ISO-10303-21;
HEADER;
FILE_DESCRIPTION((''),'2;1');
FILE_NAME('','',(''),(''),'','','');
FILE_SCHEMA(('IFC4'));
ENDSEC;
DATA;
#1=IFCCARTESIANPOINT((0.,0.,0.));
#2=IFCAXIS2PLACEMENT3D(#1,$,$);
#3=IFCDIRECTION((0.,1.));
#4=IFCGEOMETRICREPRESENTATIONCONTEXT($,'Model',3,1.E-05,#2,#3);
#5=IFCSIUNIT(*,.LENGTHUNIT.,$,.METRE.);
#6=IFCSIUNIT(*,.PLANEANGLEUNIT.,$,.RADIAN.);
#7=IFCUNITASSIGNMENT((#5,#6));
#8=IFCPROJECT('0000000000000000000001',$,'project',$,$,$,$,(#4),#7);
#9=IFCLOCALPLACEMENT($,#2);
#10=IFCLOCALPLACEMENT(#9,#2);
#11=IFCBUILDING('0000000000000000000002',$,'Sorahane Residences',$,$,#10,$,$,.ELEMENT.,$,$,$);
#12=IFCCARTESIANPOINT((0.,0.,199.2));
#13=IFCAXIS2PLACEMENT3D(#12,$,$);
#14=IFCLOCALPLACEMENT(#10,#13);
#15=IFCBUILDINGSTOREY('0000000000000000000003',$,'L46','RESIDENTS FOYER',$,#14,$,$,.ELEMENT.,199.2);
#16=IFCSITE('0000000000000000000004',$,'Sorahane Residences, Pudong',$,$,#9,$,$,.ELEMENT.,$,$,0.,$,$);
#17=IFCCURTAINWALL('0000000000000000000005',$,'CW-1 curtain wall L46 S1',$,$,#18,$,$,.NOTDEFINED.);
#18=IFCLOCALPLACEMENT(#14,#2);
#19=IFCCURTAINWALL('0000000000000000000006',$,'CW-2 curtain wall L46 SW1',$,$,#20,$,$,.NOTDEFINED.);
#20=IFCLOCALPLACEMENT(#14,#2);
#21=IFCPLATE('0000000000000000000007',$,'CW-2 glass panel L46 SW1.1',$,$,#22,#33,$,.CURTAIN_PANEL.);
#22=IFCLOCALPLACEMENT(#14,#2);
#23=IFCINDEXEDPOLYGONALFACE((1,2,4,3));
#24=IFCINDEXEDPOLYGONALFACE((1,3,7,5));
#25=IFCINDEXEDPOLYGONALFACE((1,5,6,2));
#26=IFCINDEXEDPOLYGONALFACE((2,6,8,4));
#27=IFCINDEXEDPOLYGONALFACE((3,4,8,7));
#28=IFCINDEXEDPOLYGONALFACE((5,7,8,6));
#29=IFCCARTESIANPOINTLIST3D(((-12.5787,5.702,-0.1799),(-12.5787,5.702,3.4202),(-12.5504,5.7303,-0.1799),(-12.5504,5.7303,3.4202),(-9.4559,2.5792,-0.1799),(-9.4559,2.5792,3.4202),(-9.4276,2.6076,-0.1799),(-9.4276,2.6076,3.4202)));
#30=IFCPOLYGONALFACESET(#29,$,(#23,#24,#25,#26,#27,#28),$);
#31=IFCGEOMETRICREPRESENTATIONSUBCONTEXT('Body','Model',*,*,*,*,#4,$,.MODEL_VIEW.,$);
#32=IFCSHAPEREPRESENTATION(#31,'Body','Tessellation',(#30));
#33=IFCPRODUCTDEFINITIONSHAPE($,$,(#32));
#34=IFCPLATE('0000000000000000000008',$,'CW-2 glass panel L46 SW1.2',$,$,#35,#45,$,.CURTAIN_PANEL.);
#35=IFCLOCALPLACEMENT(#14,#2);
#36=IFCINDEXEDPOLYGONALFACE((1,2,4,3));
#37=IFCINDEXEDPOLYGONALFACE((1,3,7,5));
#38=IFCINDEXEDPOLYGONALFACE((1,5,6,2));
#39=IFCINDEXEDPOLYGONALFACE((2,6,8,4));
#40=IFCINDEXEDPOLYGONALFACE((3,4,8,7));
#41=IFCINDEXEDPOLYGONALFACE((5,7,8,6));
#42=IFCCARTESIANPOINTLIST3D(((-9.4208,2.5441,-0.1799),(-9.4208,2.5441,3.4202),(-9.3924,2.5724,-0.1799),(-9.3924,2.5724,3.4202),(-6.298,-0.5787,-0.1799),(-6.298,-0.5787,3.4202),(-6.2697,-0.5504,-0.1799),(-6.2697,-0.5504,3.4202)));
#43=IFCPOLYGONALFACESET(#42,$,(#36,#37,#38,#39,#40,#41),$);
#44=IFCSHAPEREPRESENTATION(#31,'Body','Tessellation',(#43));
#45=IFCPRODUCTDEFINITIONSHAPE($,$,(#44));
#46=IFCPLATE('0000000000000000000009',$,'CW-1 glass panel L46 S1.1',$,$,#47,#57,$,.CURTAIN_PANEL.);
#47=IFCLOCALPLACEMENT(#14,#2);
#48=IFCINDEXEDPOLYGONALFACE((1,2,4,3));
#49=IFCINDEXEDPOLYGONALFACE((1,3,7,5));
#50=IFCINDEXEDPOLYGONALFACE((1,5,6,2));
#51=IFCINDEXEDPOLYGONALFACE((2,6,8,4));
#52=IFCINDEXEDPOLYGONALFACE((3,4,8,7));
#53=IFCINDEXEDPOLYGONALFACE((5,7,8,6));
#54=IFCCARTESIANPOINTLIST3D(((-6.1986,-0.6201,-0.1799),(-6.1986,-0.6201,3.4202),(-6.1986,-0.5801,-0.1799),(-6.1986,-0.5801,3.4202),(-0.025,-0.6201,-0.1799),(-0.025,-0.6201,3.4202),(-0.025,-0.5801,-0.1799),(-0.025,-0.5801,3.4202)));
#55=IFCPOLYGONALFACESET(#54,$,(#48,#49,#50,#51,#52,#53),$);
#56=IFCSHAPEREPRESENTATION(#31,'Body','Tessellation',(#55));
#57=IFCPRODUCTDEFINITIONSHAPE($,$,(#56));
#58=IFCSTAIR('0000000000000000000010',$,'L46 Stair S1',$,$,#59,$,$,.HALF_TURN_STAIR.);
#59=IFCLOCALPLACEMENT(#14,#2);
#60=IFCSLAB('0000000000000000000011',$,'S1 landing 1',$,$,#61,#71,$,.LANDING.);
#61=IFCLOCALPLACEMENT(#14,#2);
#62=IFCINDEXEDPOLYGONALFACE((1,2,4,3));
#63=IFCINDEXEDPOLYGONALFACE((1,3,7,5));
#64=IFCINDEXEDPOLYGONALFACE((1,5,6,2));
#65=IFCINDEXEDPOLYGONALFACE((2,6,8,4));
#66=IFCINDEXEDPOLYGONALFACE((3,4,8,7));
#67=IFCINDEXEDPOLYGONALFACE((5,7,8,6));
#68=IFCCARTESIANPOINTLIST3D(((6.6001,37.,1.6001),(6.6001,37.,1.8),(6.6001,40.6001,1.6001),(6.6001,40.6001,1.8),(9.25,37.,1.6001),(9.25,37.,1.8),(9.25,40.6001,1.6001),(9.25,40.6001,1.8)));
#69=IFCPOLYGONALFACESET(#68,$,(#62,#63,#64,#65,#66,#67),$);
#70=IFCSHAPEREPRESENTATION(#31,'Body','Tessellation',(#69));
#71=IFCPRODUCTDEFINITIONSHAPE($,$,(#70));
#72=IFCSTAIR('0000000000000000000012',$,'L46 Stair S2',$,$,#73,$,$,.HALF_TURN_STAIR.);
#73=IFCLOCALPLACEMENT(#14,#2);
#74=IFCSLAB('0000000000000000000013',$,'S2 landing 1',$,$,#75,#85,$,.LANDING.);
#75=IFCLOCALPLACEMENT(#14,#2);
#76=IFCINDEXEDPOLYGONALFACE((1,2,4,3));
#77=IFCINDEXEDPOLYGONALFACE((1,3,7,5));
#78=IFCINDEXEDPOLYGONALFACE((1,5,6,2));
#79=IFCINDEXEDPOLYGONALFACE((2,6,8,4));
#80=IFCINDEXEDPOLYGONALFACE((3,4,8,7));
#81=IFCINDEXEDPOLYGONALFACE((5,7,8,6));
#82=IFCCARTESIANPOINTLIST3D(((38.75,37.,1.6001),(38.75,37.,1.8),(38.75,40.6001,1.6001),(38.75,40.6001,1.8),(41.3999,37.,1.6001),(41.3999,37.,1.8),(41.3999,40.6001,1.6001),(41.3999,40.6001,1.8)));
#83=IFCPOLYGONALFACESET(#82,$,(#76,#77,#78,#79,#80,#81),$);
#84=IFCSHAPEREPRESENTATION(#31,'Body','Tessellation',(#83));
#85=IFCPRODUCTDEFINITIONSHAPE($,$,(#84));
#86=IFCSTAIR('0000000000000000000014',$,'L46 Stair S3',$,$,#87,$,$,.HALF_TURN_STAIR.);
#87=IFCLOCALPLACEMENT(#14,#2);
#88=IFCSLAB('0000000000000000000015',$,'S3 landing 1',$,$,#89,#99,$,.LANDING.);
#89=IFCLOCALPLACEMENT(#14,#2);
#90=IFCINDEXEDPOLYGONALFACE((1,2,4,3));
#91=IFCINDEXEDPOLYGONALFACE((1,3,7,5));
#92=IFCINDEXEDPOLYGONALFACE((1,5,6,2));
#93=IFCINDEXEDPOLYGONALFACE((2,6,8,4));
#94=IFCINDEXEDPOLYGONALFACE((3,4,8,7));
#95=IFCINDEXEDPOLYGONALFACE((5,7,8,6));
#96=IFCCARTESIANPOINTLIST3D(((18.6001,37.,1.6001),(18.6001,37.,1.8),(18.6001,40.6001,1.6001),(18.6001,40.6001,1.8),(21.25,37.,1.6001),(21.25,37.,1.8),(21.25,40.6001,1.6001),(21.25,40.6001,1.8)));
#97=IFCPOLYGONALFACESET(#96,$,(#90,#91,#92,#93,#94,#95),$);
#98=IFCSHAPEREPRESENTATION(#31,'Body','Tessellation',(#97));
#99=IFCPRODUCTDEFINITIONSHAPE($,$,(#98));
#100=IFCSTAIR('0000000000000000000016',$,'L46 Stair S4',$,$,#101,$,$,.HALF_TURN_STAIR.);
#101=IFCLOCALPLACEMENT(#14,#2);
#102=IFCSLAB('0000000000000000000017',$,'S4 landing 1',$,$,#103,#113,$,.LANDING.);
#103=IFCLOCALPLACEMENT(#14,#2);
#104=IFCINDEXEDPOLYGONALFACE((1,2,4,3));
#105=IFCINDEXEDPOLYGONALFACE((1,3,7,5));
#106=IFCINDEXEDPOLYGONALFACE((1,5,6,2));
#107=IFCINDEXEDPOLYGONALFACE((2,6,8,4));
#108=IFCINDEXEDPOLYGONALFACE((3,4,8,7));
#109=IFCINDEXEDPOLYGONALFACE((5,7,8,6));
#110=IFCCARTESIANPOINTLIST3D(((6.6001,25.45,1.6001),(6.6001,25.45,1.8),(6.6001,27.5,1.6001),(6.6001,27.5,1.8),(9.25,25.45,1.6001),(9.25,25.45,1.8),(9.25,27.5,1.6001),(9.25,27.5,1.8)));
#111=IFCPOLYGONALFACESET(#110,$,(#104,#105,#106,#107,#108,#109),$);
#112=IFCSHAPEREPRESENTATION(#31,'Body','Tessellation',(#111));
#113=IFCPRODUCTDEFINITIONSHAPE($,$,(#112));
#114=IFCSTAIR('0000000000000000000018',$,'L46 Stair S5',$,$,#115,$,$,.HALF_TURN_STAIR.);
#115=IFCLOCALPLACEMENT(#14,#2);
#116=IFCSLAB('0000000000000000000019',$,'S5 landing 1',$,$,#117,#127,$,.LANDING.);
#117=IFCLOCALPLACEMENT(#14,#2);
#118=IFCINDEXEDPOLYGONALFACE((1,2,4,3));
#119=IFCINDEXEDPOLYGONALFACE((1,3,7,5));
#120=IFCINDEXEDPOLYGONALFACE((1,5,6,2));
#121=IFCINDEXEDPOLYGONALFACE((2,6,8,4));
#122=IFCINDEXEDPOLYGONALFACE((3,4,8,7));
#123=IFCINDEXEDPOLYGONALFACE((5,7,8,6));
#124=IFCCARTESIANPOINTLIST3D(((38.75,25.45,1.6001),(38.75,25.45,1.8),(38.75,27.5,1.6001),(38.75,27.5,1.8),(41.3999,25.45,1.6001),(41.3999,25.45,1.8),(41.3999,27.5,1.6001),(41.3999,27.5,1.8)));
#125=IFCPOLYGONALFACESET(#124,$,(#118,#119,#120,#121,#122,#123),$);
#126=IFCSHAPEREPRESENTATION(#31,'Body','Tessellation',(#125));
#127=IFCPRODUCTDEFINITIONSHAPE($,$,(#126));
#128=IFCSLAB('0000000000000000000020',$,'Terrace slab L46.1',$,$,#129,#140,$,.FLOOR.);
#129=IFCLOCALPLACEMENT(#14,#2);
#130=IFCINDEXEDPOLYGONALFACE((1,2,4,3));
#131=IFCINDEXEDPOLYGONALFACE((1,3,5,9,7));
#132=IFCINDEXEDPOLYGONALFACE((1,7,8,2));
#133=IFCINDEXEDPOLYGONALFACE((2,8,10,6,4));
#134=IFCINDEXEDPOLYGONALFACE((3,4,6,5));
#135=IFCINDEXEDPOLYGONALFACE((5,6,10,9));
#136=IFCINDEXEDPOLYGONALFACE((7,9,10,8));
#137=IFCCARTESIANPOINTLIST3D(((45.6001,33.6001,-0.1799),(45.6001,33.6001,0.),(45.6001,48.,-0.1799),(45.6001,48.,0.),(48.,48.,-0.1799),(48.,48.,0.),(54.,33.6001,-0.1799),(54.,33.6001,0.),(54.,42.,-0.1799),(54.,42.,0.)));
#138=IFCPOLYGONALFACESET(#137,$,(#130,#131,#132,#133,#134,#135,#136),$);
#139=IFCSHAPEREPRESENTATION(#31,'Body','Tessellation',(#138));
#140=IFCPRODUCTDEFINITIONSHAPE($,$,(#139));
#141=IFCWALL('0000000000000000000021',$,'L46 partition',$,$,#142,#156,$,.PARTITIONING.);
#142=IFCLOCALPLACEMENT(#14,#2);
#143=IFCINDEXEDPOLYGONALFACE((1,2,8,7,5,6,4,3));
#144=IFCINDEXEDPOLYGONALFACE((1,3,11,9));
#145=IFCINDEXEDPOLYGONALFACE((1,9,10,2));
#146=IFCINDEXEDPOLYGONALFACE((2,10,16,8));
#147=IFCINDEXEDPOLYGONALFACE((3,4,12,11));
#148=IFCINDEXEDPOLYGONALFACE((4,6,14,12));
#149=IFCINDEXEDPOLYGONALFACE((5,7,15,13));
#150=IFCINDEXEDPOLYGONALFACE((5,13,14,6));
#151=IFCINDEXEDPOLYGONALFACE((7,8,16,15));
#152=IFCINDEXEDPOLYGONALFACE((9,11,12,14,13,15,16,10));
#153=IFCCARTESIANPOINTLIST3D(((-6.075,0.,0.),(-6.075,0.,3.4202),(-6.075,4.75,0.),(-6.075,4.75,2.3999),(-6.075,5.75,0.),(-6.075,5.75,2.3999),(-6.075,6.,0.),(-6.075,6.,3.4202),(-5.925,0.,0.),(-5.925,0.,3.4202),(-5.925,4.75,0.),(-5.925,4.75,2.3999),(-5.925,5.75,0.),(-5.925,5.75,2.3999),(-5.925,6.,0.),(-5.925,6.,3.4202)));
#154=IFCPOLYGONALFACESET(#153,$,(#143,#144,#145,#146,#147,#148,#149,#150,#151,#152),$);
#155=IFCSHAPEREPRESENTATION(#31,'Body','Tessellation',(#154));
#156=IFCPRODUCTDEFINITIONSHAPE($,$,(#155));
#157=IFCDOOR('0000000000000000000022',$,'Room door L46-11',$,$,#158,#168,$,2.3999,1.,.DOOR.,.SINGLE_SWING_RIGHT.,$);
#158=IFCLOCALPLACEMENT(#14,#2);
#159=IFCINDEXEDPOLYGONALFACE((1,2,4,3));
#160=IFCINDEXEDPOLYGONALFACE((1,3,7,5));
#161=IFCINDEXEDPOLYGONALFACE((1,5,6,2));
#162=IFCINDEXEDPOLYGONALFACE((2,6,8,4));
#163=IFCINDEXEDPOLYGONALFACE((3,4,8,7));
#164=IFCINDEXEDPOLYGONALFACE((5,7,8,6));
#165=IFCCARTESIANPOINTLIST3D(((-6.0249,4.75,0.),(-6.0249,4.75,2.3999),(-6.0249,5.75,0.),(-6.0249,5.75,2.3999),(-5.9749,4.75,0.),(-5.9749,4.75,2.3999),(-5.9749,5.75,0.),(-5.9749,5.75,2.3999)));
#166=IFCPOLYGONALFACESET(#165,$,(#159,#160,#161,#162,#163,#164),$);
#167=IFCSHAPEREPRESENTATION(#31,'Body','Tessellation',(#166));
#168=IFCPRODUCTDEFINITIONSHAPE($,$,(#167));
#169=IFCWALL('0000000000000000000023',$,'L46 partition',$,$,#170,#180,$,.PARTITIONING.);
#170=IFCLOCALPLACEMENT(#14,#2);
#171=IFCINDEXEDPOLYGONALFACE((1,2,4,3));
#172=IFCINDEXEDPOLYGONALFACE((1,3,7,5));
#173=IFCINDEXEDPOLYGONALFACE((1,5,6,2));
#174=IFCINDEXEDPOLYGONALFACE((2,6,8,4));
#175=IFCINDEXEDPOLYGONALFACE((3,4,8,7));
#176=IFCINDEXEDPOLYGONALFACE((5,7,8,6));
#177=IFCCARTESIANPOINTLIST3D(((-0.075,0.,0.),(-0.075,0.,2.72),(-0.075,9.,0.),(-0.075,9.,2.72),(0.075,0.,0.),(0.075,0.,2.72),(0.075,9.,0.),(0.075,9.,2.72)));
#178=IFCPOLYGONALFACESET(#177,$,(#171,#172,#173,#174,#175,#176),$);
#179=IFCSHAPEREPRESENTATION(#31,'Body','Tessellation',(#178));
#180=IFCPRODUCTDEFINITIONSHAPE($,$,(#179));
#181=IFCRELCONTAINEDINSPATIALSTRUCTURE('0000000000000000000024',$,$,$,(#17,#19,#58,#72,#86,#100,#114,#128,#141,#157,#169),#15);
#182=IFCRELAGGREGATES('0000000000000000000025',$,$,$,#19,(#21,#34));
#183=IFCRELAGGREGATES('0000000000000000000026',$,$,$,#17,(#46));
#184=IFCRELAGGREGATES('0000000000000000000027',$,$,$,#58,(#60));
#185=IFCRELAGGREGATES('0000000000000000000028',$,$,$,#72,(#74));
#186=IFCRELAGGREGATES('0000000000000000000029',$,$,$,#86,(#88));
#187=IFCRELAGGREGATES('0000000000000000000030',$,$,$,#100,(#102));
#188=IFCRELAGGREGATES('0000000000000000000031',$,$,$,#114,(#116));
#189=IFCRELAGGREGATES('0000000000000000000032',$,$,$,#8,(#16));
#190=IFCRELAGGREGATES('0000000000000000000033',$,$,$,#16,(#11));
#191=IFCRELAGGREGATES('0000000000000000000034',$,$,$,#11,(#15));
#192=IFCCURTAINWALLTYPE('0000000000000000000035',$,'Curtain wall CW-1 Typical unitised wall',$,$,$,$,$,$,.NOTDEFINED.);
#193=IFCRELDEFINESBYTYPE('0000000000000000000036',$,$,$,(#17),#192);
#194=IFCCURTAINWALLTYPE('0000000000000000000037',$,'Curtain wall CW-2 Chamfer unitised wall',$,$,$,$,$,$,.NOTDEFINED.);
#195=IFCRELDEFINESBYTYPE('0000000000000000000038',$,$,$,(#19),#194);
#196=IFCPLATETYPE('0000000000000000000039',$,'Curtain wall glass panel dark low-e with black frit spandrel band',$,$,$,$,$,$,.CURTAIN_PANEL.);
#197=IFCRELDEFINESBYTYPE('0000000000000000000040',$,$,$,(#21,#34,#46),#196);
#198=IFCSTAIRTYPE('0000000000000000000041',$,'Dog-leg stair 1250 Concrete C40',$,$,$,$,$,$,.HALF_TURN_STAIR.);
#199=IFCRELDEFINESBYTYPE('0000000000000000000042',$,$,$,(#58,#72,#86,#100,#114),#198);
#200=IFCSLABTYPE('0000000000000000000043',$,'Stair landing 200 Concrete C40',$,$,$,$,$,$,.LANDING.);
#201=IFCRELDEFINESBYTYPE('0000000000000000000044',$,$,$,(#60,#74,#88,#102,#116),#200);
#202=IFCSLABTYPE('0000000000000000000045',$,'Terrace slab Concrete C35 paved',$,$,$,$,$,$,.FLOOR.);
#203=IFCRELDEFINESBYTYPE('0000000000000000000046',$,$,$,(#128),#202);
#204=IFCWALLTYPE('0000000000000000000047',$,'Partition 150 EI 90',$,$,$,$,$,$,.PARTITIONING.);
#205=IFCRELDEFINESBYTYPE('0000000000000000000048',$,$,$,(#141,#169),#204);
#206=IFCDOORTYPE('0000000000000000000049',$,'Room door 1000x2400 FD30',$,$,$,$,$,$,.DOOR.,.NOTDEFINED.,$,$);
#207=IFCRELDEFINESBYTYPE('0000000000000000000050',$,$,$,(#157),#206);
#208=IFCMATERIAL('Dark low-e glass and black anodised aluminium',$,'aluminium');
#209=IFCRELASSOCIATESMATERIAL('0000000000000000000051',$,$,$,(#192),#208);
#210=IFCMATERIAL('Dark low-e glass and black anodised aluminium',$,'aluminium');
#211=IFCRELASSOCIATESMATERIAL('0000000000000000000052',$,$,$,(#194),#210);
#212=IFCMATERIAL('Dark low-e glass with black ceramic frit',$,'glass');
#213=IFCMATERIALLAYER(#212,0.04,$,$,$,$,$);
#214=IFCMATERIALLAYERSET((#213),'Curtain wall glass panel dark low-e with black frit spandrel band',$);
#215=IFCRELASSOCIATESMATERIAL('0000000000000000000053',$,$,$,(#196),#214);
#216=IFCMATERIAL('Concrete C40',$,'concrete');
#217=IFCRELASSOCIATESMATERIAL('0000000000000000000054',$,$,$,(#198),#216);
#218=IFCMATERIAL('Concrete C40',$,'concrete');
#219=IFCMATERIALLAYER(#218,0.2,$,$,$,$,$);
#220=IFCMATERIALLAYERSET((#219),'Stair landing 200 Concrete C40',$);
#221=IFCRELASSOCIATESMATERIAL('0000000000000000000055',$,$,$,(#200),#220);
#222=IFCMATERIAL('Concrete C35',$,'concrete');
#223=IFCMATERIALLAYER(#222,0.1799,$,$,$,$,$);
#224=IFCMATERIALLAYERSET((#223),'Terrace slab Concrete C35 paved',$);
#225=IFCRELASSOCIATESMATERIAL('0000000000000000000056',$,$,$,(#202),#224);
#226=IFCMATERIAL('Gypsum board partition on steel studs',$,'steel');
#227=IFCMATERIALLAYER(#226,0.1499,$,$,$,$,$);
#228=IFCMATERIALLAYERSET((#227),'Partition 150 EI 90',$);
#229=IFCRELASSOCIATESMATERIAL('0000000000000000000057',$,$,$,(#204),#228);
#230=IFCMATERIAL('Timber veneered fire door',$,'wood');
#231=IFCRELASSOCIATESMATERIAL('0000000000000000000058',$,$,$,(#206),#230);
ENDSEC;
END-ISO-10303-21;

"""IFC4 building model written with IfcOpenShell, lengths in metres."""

from ifc_helpers import new_model, si_unit, direction, frame, frame_2d, origin, origin_2d, place, context, subcontext, project, spatial, polyline, rectangle, outline, extrude, material, layer, layer_set, type_object, element, fill, aggregate, save


model = new_model("IFC4")

# Units and contexts
model_context = context("Model", 3, precision=1e-05, world=origin(), true_north=direction((0.0, 1.0)))
body_context = subcontext(model_context, "Body", "Model", "MODEL_VIEW")
ifc_project = project(units=[si_unit("LENGTHUNIT", "METRE"), si_unit("PLANEANGLEUNIT", "RADIAN")], contexts=[model_context])

# Site, building, storey
site_placement = place(None, origin())
site = spatial("IfcSite", under=ifc_project, at=site_placement, Name="Sorahane Residences, Pudong", CompositionType="ELEMENT", RefElevation=0.0)
building_placement = place(site_placement, origin())
building = spatial("IfcBuilding", under=site, at=building_placement, Name="Sorahane Residences", CompositionType="ELEMENT")
storey_placement = place(building_placement, frame((0.0, 0.0, 199.2)))
storey = spatial("IfcBuildingStorey", under=building, at=storey_placement, Name="L46", Description="RESIDENTS FOYER", CompositionType="ELEMENT", Elevation=199.2)

# Curtain wall
ifc_material_1 = material(Name="Dark low-e glass and black anodised aluminium", Category="aluminium")
curtain_wall_type_1 = type_object("IfcCurtainWallType", Name="Curtain wall CW-1 Typical unitised wall", PredefinedType="NOTDEFINED", material=ifc_material_1)
curtain_wall_1_placement = place(storey_placement, origin())
curtain_wall_1 = element("IfcCurtainWall", 1, at=curtain_wall_1_placement, inside=storey, type_object=curtain_wall_type_1, Name="CW-1 curtain wall L46 S1", PredefinedType="NOTDEFINED")

# Curtain wall
ifc_material_2 = material(Name="Dark low-e glass and black anodised aluminium", Category="aluminium")
curtain_wall_type_2 = type_object("IfcCurtainWallType", Name="Curtain wall CW-2 Chamfer unitised wall", PredefinedType="NOTDEFINED", material=ifc_material_2)
curtain_wall_2_placement = place(storey_placement, origin())
curtain_wall_2 = element("IfcCurtainWall", 2, at=curtain_wall_2_placement, inside=storey, type_object=curtain_wall_type_2, Name="CW-2 curtain wall L46 SW1", PredefinedType="NOTDEFINED")

# Plates
ifc_material_3 = material(Name="Dark low-e glass with black ceramic frit", Category="glass")
ifc_layer_1 = layer(ifc_material_3, 0.04)
ifc_layer_set_1 = layer_set([ifc_layer_1], Name="Curtain wall glass panel dark low-e with black frit spandrel band")
plate_type = type_object("IfcPlateType", Name="Curtain wall glass panel dark low-e with black frit spandrel band", PredefinedType="CURTAIN_PANEL", material=ifc_layer_set_1)
plate_1_placement = place(storey_placement, frame((-11.0032, 4.1548, -0.1799), z_axis=(0.0, 0.0, 1.0), x_axis=(0.707107, -0.707107, 0.0)))
plate_1 = element("IfcPlate", 3, at=plate_1_placement, type_object=plate_type, Name="CW-2 glass panel L46 SW1.1", PredefinedType="CURTAIN_PANEL", context=body_context, shape_type="SweptSolid", body=[
    extrude(rectangle(XDim=4.4163, YDim=0.04, at=origin_2d()), origin(), (0.0, 0.0, 1.0), 3.6001),
])
plate_2_placement = place(storey_placement, frame((-7.8452, 0.9968, -0.1799), z_axis=(0.0, 0.0, 1.0), x_axis=(0.707107, -0.707107, 0.0)))
plate_2 = element("IfcPlate", 4, at=plate_2_placement, type_object=plate_type, Name="CW-2 glass panel L46 SW1.2", PredefinedType="CURTAIN_PANEL", context=body_context, shape_type="SweptSolid", body=[
    extrude(rectangle(XDim=4.4163, YDim=0.04, at=origin_2d()), origin(), (0.0, 0.0, 1.0), 3.6001),
])
aggregate(curtain_wall_2, [plate_1, plate_2])
plate_3_placement = place(storey_placement, frame((-3.1118, -0.6001, -0.1799), z_axis=(0.0, 0.0, 1.0), x_axis=(1.0, 0.0, 0.0)))
plate_3 = element("IfcPlate", 5, at=plate_3_placement, type_object=plate_type, Name="CW-1 glass panel L46 S1.1", PredefinedType="CURTAIN_PANEL", context=body_context, shape_type="SweptSolid", body=[
    extrude(rectangle(XDim=6.1736, YDim=0.04, at=origin_2d()), origin(), (0.0, 0.0, 1.0), 3.6001),
])
aggregate(curtain_wall_1, [plate_3])

# Stairs, slabs
ifc_material_4 = material(Name="Concrete C40", Category="concrete")
stair_type = type_object("IfcStairType", Name="Dog-leg stair 1250 Concrete C40", PredefinedType="HALF_TURN_STAIR", material=ifc_material_4)
stair_1_placement = place(storey_placement, origin())
stair_1 = element("IfcStair", 6, at=stair_1_placement, inside=storey, type_object=stair_type, Name="L46 Stair S1", PredefinedType="HALF_TURN_STAIR")
ifc_material_5 = material(Name="Concrete C40", Category="concrete")
ifc_layer_2 = layer(ifc_material_5, 0.2)
ifc_layer_set_2 = layer_set([ifc_layer_2], Name="Stair landing 200 Concrete C40")
slab_type_1 = type_object("IfcSlabType", Name="Stair landing 200 Concrete C40", PredefinedType="LANDING", material=ifc_layer_set_2)
slab_1_placement = place(storey_placement, frame((0.0, 0.0, 1.6001)))
slab_1 = element("IfcSlab", 7, at=slab_1_placement, type_object=slab_type_1, Name="S1 landing 1", PredefinedType="LANDING", context=body_context, shape_type="SweptSolid", body=[
    extrude(outline(polyline([(6.6001, 40.6001), (6.6001, 37.0), (9.25, 37.0), (9.25, 40.6001), (6.6001, 40.6001)])), origin(), (0.0, 0.0, 1.0), 0.2),
])
aggregate(stair_1, [slab_1])
stair_2_placement = place(storey_placement, origin())
stair_2 = element("IfcStair", 8, at=stair_2_placement, inside=storey, type_object=stair_type, Name="L46 Stair S2", PredefinedType="HALF_TURN_STAIR")
slab_2_placement = place(storey_placement, frame((0.0, 0.0, 1.6001)))
slab_2 = element("IfcSlab", 9, at=slab_2_placement, type_object=slab_type_1, Name="S2 landing 1", PredefinedType="LANDING", context=body_context, shape_type="SweptSolid", body=[
    extrude(outline(polyline([(38.75, 40.6001), (38.75, 37.0), (41.3999, 37.0), (41.3999, 40.6001), (38.75, 40.6001)])), origin(), (0.0, 0.0, 1.0), 0.2),
])
aggregate(stair_2, [slab_2])
stair_3_placement = place(storey_placement, origin())
stair_3 = element("IfcStair", 10, at=stair_3_placement, inside=storey, type_object=stair_type, Name="L46 Stair S3", PredefinedType="HALF_TURN_STAIR")
slab_3_placement = place(storey_placement, frame((0.0, 0.0, 1.6001)))
slab_3 = element("IfcSlab", 11, at=slab_3_placement, type_object=slab_type_1, Name="S3 landing 1", PredefinedType="LANDING", context=body_context, shape_type="SweptSolid", body=[
    extrude(outline(polyline([(18.6001, 40.6001), (18.6001, 37.0), (21.25, 37.0), (21.25, 40.6001), (18.6001, 40.6001)])), origin(), (0.0, 0.0, 1.0), 0.2),
])
aggregate(stair_3, [slab_3])
stair_4_placement = place(storey_placement, origin())
stair_4 = element("IfcStair", 12, at=stair_4_placement, inside=storey, type_object=stair_type, Name="L46 Stair S4", PredefinedType="HALF_TURN_STAIR")
slab_4_placement = place(storey_placement, frame((0.0, 0.0, 1.6001)))
slab_4 = element("IfcSlab", 13, at=slab_4_placement, type_object=slab_type_1, Name="S4 landing 1", PredefinedType="LANDING", context=body_context, shape_type="SweptSolid", body=[
    extrude(outline(polyline([(9.25, 25.45), (9.25, 27.5), (6.6001, 27.5), (6.6001, 25.45), (9.25, 25.45)])), origin(), (0.0, 0.0, 1.0), 0.2),
])
aggregate(stair_4, [slab_4])
stair_5_placement = place(storey_placement, origin())
stair_5 = element("IfcStair", 14, at=stair_5_placement, inside=storey, type_object=stair_type, Name="L46 Stair S5", PredefinedType="HALF_TURN_STAIR")
slab_5_placement = place(storey_placement, frame((0.0, 0.0, 1.6001)))
slab_5 = element("IfcSlab", 15, at=slab_5_placement, type_object=slab_type_1, Name="S5 landing 1", PredefinedType="LANDING", context=body_context, shape_type="SweptSolid", body=[
    extrude(outline(polyline([(41.3999, 25.45), (41.3999, 27.5), (38.75, 27.5), (38.75, 25.45), (41.3999, 25.45)])), origin(), (0.0, 0.0, 1.0), 0.2),
])
aggregate(stair_5, [slab_5])

# Slab
ifc_material_6 = material(Name="Concrete C35", Category="concrete")
ifc_layer_3 = layer(ifc_material_6, 0.1799)
ifc_layer_set_3 = layer_set([ifc_layer_3], Name="Terrace slab Concrete C35 paved")
slab_type_2 = type_object("IfcSlabType", Name="Terrace slab Concrete C35 paved", PredefinedType="FLOOR", material=ifc_layer_set_3)
slab_6_placement = place(storey_placement, frame((0.0, 0.0, -0.1799)))
element("IfcSlab", 16, at=slab_6_placement, inside=storey, type_object=slab_type_2, Name="Terrace slab L46.1", PredefinedType="FLOOR", context=body_context, shape_type="SweptSolid", body=[
    extrude(outline(polyline([(48.0, 48.0), (54.0, 42.0), (54.0, 33.6001), (45.6001, 33.6001), (45.6001, 48.0), (48.0, 48.0)])), origin(), (0.0, 0.0, 1.0), 0.1799),
])

# Wall, opening, door
ifc_material_7 = material(Name="Gypsum board partition on steel studs", Category="steel")
ifc_layer_4 = layer(ifc_material_7, 0.1499)
ifc_layer_set_4 = layer_set([ifc_layer_4], Name="Partition 150 EI 90")
wall_type_1 = type_object("IfcWallType", Name="Partition 150 EI 90", PredefinedType="PARTITIONING", material=ifc_layer_set_4)
wall_1_placement = place(storey_placement, frame((-6.0, 0.0, 0.0), z_axis=(0.0, 0.0, 1.0), x_axis=(0.0, 1.0, 0.0)))
wall_1 = element("IfcWall", 17, at=wall_1_placement, inside=storey, type_object=wall_type_1, Name="L46 partition", PredefinedType="PARTITIONING", context=body_context, shape_type="SweptSolid", body=[
    extrude(rectangle(XDim=6.0, YDim=0.1499, at=frame_2d((3.0, 0.0))), origin(), (0.0, 0.0, 1.0), 3.4202),
])
opening_1_placement = place(wall_1_placement, frame((4.75, 0.0, 0.0)))
opening_1 = element("IfcOpeningElement", 18, at=opening_1_placement, cuts=wall_1, PredefinedType="OPENING", context=body_context, shape_type="SweptSolid", body=[
    extrude(rectangle(XDim=1.0, YDim=2.3999, at=frame_2d((0.5, 1.2))), frame((0.0, 0.085, 0.0), z_axis=(0.0, -1.0, 0.0), x_axis=(1.0, 0.0, 0.0)), (0.0, 0.0, 1.0), 0.1699),
])
ifc_material_8 = material(Name="Timber veneered fire door", Category="wood")
door_type_1 = type_object("IfcDoorType", Name="Room door 1000x2400 FD30", OperationType="NOTDEFINED", PredefinedType="DOOR", material=ifc_material_8)
door_1_placement = place(opening_1_placement, origin())
door_1 = element("IfcDoor", 19, at=door_1_placement, inside=storey, type_object=door_type_1, Name="Room door L46-11", OperationType="SINGLE_SWING_RIGHT", OverallHeight=2.3999, OverallWidth=1.0, PredefinedType="DOOR", context=body_context, shape_type="SweptSolid", body=[
    extrude(rectangle(XDim=1.0, YDim=2.3999, at=frame_2d((0.5, 1.2))), frame((0.0, 0.0249, 0.0), z_axis=(0.0, -1.0, 0.0), x_axis=(1.0, 0.0, 0.0)), (0.0, 0.0, 1.0), 0.05),
])
fill(opening_1, door_1)

# Wall
wall_2_placement = place(storey_placement, frame((0.0, 0.0, 0.0), z_axis=(0.0, 0.0, 1.0), x_axis=(0.0, 1.0, 0.0)))
element("IfcWall", 20, at=wall_2_placement, inside=storey, type_object=wall_type_1, Name="L46 partition", PredefinedType="PARTITIONING", context=body_context, shape_type="SweptSolid", body=[
    extrude(rectangle(XDim=9.0, YDim=0.1499, at=frame_2d((4.5, 0.0))), origin(), (0.0, 0.0, 1.0), 2.72),
])

save(model, "model.ifc")
